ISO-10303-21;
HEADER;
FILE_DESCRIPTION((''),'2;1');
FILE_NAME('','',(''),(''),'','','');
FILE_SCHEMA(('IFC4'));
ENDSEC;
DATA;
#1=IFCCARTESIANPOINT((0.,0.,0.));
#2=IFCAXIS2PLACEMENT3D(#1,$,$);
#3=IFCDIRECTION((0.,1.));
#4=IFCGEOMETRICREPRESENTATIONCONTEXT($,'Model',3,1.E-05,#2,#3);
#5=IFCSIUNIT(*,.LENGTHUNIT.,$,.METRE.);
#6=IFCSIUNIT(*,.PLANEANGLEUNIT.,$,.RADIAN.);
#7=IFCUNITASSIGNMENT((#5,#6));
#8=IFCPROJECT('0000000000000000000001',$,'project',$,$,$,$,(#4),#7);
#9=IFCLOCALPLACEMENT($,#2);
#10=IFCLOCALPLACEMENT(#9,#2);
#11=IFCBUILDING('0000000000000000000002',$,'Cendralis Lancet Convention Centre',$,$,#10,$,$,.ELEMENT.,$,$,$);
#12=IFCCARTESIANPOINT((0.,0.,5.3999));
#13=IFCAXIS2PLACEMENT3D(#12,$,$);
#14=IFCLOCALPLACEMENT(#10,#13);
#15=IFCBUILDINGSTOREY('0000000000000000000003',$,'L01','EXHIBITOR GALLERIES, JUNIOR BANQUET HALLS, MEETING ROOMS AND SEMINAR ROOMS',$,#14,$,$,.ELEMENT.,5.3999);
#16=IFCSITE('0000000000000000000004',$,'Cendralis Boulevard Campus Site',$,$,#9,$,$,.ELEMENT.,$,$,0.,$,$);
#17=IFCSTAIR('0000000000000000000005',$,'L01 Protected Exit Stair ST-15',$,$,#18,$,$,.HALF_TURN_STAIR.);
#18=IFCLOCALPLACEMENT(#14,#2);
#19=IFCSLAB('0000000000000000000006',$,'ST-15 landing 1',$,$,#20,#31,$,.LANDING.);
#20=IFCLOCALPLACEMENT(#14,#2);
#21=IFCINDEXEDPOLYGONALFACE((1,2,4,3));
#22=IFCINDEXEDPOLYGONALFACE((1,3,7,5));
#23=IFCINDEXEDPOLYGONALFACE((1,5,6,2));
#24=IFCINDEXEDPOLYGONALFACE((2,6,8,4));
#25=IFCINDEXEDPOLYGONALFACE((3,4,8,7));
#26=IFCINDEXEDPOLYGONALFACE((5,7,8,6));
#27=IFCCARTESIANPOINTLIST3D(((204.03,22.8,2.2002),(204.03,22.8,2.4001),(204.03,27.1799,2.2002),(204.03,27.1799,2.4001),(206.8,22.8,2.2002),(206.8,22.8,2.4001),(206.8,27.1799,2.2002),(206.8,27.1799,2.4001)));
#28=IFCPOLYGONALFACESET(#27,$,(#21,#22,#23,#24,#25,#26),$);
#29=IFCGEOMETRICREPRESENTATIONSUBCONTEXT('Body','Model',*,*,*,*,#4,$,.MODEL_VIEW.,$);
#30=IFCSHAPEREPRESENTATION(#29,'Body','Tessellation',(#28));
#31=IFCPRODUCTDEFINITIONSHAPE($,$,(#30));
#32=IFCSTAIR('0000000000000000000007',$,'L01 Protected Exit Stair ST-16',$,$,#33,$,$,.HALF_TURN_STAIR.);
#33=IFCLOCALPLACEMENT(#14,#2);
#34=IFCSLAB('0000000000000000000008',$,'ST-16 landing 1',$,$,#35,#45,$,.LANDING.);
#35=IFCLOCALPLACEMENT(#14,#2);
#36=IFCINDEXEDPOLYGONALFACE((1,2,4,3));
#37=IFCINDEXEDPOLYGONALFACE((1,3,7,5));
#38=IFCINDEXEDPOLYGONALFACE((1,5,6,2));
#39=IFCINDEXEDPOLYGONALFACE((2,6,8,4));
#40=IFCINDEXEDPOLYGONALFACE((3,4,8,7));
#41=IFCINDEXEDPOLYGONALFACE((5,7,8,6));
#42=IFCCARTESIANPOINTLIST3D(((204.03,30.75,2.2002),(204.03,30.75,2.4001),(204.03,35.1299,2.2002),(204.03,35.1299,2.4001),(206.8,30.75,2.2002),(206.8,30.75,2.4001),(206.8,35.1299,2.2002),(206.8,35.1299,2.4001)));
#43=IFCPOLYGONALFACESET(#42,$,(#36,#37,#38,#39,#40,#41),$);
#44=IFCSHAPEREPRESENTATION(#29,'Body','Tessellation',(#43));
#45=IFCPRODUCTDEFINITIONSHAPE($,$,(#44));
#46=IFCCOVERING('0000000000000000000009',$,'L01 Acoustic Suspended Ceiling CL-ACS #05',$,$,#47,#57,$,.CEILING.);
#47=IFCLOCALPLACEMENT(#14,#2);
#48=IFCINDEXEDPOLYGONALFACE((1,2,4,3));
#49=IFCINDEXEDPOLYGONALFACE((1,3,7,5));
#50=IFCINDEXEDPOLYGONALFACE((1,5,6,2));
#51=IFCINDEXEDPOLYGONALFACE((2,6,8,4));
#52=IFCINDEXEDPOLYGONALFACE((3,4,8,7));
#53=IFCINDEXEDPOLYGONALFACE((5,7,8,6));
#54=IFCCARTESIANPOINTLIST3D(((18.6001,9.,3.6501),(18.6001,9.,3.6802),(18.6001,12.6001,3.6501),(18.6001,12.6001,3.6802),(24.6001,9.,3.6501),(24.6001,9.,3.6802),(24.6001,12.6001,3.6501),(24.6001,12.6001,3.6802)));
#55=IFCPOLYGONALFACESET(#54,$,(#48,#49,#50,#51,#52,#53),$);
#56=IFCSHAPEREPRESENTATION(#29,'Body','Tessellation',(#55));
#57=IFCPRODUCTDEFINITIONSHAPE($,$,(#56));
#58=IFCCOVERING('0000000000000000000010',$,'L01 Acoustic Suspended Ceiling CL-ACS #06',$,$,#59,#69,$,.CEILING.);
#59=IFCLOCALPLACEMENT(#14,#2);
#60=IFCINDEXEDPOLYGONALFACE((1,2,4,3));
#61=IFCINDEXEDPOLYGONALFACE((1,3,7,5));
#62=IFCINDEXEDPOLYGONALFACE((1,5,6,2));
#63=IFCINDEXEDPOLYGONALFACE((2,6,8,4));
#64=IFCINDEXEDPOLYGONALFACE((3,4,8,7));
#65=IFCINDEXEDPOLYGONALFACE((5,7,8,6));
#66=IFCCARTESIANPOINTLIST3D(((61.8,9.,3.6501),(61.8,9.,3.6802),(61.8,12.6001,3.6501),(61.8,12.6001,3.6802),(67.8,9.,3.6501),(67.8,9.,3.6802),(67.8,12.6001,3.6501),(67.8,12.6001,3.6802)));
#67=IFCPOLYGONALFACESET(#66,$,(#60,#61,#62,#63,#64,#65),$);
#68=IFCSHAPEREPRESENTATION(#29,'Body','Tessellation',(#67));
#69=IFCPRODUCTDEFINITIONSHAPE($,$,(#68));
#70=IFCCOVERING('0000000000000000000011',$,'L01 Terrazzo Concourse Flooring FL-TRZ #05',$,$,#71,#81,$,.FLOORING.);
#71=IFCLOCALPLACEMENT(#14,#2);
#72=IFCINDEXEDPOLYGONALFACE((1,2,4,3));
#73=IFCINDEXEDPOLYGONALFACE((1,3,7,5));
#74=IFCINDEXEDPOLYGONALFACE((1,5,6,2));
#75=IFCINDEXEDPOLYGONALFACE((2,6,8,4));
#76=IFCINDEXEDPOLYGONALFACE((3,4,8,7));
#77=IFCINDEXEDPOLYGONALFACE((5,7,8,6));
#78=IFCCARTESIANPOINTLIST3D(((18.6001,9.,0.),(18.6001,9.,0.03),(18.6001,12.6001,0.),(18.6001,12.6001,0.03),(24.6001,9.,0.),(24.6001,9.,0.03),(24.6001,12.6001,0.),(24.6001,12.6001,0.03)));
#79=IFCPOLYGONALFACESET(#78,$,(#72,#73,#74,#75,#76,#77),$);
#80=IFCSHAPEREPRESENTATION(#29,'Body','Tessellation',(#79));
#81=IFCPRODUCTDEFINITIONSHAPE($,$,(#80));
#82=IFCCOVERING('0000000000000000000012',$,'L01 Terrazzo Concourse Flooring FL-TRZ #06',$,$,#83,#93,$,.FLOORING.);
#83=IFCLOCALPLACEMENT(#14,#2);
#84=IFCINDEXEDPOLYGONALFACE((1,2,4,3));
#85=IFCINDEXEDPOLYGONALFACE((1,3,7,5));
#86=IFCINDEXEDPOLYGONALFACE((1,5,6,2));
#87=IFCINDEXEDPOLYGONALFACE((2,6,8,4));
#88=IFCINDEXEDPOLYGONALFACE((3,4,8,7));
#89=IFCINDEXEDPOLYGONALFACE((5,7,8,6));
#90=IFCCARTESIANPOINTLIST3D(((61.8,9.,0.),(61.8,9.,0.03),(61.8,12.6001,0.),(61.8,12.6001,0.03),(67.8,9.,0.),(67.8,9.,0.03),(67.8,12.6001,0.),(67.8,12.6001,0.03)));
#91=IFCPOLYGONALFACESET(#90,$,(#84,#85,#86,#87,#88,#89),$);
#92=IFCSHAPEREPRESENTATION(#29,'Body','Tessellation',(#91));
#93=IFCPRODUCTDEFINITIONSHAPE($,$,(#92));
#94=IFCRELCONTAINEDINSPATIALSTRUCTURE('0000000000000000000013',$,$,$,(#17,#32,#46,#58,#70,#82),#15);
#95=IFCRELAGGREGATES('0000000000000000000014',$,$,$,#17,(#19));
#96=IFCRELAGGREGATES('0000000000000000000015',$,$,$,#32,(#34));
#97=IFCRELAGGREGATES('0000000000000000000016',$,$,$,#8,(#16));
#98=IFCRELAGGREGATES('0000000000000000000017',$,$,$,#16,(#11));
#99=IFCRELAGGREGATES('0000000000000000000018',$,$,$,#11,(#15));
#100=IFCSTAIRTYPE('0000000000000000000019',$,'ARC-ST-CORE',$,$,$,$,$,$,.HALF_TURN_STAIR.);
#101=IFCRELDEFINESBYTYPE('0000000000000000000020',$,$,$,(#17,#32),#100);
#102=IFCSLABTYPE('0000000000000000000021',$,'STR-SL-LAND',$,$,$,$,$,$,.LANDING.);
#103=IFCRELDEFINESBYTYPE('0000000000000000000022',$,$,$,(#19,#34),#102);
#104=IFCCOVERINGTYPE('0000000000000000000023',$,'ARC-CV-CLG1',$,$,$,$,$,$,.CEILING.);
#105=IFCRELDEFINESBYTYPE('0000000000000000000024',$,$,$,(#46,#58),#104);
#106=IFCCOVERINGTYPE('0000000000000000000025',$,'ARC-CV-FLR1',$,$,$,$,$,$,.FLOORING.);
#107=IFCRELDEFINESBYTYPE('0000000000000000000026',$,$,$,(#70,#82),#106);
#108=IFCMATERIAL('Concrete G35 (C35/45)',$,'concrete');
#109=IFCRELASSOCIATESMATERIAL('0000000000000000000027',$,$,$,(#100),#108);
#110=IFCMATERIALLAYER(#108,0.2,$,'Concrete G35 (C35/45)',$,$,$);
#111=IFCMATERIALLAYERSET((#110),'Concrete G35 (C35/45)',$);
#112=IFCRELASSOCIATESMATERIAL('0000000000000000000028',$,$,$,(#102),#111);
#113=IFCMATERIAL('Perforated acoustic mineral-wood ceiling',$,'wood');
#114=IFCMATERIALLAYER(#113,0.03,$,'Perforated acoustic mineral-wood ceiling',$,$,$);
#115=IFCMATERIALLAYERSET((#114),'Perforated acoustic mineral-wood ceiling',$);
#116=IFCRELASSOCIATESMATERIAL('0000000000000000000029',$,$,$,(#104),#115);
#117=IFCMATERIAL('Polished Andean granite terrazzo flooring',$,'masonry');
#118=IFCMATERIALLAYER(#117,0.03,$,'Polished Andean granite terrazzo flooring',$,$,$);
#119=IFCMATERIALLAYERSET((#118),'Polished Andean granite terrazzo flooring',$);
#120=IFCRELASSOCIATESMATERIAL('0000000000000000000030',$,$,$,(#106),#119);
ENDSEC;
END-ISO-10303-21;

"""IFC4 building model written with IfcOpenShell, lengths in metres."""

from ifc_helpers import new_model, si_unit, direction, frame, origin, place, context, subcontext, project, spatial, polyline, outline, extrude, material, layer, layer_set, type_object, element, aggregate, save


model = new_model("IFC4")

# Units and contexts
model_context = context("Model", 3, precision=1e-05, world=origin(), true_north=direction((0.0, 1.0)))
body_context = subcontext(model_context, "Body", "Model", "MODEL_VIEW")
ifc_project = project(units=[si_unit("LENGTHUNIT", "METRE"), si_unit("PLANEANGLEUNIT", "RADIAN")], contexts=[model_context])

# Site, building, storey
site_placement = place(None, origin())
site = spatial("IfcSite", under=ifc_project, at=site_placement, Name="Cendralis Boulevard Campus Site", CompositionType="ELEMENT", RefElevation=0.0)
building_placement = place(site_placement, origin())
building = spatial("IfcBuilding", under=site, at=building_placement, Name="Cendralis Lancet Convention Centre", CompositionType="ELEMENT")
storey_placement = place(building_placement, frame((0.0, 0.0, 5.3999)))
storey = spatial("IfcBuildingStorey", under=building, at=storey_placement, Name="L01", Description="EXHIBITOR GALLERIES, JUNIOR BANQUET HALLS, MEETING ROOMS AND SEMINAR ROOMS", CompositionType="ELEMENT", Elevation=5.3999)

# Stairs, slabs
ifc_material_1 = material(Name="Concrete G35 (C35/45)", Category="concrete")
stair_type = type_object("IfcStairType", Name="ARC-ST-CORE", PredefinedType="HALF_TURN_STAIR", material=ifc_material_1)
ifc_layer_1 = layer(ifc_material_1, 0.2, Name="Concrete G35 (C35/45)")
ifc_layer_set_1 = layer_set([ifc_layer_1], Name="Concrete G35 (C35/45)")
slab_type = type_object("IfcSlabType", Name="STR-SL-LAND", PredefinedType="LANDING", material=ifc_layer_set_1)
stair_1_placement = place(storey_placement, origin())
stair_1 = element("IfcStair", 1, at=stair_1_placement, inside=storey, type_object=stair_type, Name="L01 Protected Exit Stair ST-15", PredefinedType="HALF_TURN_STAIR")
slab_1_placement = place(storey_placement, frame((0.0, 0.0, 2.2002)))
slab_1 = element("IfcSlab", 2, at=slab_1_placement, type_object=slab_type, Name="ST-15 landing 1", PredefinedType="LANDING", context=body_context, shape_type="SweptSolid", body=[
    extrude(outline(polyline([(204.03, 22.8), (206.8, 22.8), (206.8, 27.1799), (204.03, 27.1799), (204.03, 22.8)])), origin(), (0.0, 0.0, 1.0), 0.2),
])
aggregate(stair_1, [slab_1])
stair_2_placement = place(storey_placement, origin())
stair_2 = element("IfcStair", 3, at=stair_2_placement, inside=storey, type_object=stair_type, Name="L01 Protected Exit Stair ST-16", PredefinedType="HALF_TURN_STAIR")
slab_2_placement = place(storey_placement, frame((0.0, 0.0, 2.2002)))
slab_2 = element("IfcSlab", 4, at=slab_2_placement, type_object=slab_type, Name="ST-16 landing 1", PredefinedType="LANDING", context=body_context, shape_type="SweptSolid", body=[
    extrude(outline(polyline([(204.03, 30.75), (206.8, 30.75), (206.8, 35.1299), (204.03, 35.1299), (204.03, 30.75)])), origin(), (0.0, 0.0, 1.0), 0.2),
])
aggregate(stair_2, [slab_2])

# Coverings
ifc_material_2 = material(Name="Perforated acoustic mineral-wood ceiling", Category="wood")
ifc_layer_2 = layer(ifc_material_2, 0.03, Name="Perforated acoustic mineral-wood ceiling")
ifc_layer_set_2 = layer_set([ifc_layer_2], Name="Perforated acoustic mineral-wood ceiling")
covering_type_1 = type_object("IfcCoveringType", Name="ARC-CV-CLG1", PredefinedType="CEILING", material=ifc_layer_set_2)
covering_1_placement = place(storey_placement, frame((0.0, 0.0, 3.6501)))
element("IfcCovering", 5, at=covering_1_placement, inside=storey, type_object=covering_type_1, Name="L01 Acoustic Suspended Ceiling CL-ACS #05", PredefinedType="CEILING", context=body_context, shape_type="SweptSolid", body=[
    extrude(outline(polyline([(18.6001, 9.0), (24.6001, 9.0), (24.6001, 12.6001), (18.6001, 12.6001), (18.6001, 9.0)])), origin(), (0.0, 0.0, 1.0), 0.03),
])
covering_2_placement = place(storey_placement, frame((0.0, 0.0, 3.6501)))
element("IfcCovering", 6, at=covering_2_placement, inside=storey, type_object=covering_type_1, Name="L01 Acoustic Suspended Ceiling CL-ACS #06", PredefinedType="CEILING", context=body_context, shape_type="SweptSolid", body=[
    extrude(outline(polyline([(61.8, 9.0), (67.8, 9.0), (67.8, 12.6001), (61.8, 12.6001), (61.8, 9.0)])), origin(), (0.0, 0.0, 1.0), 0.03),
])
ifc_material_3 = material(Name="Polished Andean granite terrazzo flooring", Category="masonry")
ifc_layer_3 = layer(ifc_material_3, 0.03, Name="Polished Andean granite terrazzo flooring")
ifc_layer_set_3 = layer_set([ifc_layer_3], Name="Polished Andean granite terrazzo flooring")
covering_type_2 = type_object("IfcCoveringType", Name="ARC-CV-FLR1", PredefinedType="FLOORING", material=ifc_layer_set_3)
covering_3_placement = place(storey_placement, origin())
element("IfcCovering", 7, at=covering_3_placement, inside=storey, type_object=covering_type_2, Name="L01 Terrazzo Concourse Flooring FL-TRZ #05", PredefinedType="FLOORING", context=body_context, shape_type="SweptSolid", body=[
    extrude(outline(polyline([(18.6001, 9.0), (24.6001, 9.0), (24.6001, 12.6001), (18.6001, 12.6001), (18.6001, 9.0)])), origin(), (0.0, 0.0, 1.0), 0.03),
])
covering_4_placement = place(storey_placement, origin())
element("IfcCovering", 8, at=covering_4_placement, inside=storey, type_object=covering_type_2, Name="L01 Terrazzo Concourse Flooring FL-TRZ #06", PredefinedType="FLOORING", context=body_context, shape_type="SweptSolid", body=[
    extrude(outline(polyline([(61.8, 9.0), (67.8, 9.0), (67.8, 12.6001), (61.8, 12.6001), (61.8, 9.0)])), origin(), (0.0, 0.0, 1.0), 0.03),
])

save(model, "model.ifc")
